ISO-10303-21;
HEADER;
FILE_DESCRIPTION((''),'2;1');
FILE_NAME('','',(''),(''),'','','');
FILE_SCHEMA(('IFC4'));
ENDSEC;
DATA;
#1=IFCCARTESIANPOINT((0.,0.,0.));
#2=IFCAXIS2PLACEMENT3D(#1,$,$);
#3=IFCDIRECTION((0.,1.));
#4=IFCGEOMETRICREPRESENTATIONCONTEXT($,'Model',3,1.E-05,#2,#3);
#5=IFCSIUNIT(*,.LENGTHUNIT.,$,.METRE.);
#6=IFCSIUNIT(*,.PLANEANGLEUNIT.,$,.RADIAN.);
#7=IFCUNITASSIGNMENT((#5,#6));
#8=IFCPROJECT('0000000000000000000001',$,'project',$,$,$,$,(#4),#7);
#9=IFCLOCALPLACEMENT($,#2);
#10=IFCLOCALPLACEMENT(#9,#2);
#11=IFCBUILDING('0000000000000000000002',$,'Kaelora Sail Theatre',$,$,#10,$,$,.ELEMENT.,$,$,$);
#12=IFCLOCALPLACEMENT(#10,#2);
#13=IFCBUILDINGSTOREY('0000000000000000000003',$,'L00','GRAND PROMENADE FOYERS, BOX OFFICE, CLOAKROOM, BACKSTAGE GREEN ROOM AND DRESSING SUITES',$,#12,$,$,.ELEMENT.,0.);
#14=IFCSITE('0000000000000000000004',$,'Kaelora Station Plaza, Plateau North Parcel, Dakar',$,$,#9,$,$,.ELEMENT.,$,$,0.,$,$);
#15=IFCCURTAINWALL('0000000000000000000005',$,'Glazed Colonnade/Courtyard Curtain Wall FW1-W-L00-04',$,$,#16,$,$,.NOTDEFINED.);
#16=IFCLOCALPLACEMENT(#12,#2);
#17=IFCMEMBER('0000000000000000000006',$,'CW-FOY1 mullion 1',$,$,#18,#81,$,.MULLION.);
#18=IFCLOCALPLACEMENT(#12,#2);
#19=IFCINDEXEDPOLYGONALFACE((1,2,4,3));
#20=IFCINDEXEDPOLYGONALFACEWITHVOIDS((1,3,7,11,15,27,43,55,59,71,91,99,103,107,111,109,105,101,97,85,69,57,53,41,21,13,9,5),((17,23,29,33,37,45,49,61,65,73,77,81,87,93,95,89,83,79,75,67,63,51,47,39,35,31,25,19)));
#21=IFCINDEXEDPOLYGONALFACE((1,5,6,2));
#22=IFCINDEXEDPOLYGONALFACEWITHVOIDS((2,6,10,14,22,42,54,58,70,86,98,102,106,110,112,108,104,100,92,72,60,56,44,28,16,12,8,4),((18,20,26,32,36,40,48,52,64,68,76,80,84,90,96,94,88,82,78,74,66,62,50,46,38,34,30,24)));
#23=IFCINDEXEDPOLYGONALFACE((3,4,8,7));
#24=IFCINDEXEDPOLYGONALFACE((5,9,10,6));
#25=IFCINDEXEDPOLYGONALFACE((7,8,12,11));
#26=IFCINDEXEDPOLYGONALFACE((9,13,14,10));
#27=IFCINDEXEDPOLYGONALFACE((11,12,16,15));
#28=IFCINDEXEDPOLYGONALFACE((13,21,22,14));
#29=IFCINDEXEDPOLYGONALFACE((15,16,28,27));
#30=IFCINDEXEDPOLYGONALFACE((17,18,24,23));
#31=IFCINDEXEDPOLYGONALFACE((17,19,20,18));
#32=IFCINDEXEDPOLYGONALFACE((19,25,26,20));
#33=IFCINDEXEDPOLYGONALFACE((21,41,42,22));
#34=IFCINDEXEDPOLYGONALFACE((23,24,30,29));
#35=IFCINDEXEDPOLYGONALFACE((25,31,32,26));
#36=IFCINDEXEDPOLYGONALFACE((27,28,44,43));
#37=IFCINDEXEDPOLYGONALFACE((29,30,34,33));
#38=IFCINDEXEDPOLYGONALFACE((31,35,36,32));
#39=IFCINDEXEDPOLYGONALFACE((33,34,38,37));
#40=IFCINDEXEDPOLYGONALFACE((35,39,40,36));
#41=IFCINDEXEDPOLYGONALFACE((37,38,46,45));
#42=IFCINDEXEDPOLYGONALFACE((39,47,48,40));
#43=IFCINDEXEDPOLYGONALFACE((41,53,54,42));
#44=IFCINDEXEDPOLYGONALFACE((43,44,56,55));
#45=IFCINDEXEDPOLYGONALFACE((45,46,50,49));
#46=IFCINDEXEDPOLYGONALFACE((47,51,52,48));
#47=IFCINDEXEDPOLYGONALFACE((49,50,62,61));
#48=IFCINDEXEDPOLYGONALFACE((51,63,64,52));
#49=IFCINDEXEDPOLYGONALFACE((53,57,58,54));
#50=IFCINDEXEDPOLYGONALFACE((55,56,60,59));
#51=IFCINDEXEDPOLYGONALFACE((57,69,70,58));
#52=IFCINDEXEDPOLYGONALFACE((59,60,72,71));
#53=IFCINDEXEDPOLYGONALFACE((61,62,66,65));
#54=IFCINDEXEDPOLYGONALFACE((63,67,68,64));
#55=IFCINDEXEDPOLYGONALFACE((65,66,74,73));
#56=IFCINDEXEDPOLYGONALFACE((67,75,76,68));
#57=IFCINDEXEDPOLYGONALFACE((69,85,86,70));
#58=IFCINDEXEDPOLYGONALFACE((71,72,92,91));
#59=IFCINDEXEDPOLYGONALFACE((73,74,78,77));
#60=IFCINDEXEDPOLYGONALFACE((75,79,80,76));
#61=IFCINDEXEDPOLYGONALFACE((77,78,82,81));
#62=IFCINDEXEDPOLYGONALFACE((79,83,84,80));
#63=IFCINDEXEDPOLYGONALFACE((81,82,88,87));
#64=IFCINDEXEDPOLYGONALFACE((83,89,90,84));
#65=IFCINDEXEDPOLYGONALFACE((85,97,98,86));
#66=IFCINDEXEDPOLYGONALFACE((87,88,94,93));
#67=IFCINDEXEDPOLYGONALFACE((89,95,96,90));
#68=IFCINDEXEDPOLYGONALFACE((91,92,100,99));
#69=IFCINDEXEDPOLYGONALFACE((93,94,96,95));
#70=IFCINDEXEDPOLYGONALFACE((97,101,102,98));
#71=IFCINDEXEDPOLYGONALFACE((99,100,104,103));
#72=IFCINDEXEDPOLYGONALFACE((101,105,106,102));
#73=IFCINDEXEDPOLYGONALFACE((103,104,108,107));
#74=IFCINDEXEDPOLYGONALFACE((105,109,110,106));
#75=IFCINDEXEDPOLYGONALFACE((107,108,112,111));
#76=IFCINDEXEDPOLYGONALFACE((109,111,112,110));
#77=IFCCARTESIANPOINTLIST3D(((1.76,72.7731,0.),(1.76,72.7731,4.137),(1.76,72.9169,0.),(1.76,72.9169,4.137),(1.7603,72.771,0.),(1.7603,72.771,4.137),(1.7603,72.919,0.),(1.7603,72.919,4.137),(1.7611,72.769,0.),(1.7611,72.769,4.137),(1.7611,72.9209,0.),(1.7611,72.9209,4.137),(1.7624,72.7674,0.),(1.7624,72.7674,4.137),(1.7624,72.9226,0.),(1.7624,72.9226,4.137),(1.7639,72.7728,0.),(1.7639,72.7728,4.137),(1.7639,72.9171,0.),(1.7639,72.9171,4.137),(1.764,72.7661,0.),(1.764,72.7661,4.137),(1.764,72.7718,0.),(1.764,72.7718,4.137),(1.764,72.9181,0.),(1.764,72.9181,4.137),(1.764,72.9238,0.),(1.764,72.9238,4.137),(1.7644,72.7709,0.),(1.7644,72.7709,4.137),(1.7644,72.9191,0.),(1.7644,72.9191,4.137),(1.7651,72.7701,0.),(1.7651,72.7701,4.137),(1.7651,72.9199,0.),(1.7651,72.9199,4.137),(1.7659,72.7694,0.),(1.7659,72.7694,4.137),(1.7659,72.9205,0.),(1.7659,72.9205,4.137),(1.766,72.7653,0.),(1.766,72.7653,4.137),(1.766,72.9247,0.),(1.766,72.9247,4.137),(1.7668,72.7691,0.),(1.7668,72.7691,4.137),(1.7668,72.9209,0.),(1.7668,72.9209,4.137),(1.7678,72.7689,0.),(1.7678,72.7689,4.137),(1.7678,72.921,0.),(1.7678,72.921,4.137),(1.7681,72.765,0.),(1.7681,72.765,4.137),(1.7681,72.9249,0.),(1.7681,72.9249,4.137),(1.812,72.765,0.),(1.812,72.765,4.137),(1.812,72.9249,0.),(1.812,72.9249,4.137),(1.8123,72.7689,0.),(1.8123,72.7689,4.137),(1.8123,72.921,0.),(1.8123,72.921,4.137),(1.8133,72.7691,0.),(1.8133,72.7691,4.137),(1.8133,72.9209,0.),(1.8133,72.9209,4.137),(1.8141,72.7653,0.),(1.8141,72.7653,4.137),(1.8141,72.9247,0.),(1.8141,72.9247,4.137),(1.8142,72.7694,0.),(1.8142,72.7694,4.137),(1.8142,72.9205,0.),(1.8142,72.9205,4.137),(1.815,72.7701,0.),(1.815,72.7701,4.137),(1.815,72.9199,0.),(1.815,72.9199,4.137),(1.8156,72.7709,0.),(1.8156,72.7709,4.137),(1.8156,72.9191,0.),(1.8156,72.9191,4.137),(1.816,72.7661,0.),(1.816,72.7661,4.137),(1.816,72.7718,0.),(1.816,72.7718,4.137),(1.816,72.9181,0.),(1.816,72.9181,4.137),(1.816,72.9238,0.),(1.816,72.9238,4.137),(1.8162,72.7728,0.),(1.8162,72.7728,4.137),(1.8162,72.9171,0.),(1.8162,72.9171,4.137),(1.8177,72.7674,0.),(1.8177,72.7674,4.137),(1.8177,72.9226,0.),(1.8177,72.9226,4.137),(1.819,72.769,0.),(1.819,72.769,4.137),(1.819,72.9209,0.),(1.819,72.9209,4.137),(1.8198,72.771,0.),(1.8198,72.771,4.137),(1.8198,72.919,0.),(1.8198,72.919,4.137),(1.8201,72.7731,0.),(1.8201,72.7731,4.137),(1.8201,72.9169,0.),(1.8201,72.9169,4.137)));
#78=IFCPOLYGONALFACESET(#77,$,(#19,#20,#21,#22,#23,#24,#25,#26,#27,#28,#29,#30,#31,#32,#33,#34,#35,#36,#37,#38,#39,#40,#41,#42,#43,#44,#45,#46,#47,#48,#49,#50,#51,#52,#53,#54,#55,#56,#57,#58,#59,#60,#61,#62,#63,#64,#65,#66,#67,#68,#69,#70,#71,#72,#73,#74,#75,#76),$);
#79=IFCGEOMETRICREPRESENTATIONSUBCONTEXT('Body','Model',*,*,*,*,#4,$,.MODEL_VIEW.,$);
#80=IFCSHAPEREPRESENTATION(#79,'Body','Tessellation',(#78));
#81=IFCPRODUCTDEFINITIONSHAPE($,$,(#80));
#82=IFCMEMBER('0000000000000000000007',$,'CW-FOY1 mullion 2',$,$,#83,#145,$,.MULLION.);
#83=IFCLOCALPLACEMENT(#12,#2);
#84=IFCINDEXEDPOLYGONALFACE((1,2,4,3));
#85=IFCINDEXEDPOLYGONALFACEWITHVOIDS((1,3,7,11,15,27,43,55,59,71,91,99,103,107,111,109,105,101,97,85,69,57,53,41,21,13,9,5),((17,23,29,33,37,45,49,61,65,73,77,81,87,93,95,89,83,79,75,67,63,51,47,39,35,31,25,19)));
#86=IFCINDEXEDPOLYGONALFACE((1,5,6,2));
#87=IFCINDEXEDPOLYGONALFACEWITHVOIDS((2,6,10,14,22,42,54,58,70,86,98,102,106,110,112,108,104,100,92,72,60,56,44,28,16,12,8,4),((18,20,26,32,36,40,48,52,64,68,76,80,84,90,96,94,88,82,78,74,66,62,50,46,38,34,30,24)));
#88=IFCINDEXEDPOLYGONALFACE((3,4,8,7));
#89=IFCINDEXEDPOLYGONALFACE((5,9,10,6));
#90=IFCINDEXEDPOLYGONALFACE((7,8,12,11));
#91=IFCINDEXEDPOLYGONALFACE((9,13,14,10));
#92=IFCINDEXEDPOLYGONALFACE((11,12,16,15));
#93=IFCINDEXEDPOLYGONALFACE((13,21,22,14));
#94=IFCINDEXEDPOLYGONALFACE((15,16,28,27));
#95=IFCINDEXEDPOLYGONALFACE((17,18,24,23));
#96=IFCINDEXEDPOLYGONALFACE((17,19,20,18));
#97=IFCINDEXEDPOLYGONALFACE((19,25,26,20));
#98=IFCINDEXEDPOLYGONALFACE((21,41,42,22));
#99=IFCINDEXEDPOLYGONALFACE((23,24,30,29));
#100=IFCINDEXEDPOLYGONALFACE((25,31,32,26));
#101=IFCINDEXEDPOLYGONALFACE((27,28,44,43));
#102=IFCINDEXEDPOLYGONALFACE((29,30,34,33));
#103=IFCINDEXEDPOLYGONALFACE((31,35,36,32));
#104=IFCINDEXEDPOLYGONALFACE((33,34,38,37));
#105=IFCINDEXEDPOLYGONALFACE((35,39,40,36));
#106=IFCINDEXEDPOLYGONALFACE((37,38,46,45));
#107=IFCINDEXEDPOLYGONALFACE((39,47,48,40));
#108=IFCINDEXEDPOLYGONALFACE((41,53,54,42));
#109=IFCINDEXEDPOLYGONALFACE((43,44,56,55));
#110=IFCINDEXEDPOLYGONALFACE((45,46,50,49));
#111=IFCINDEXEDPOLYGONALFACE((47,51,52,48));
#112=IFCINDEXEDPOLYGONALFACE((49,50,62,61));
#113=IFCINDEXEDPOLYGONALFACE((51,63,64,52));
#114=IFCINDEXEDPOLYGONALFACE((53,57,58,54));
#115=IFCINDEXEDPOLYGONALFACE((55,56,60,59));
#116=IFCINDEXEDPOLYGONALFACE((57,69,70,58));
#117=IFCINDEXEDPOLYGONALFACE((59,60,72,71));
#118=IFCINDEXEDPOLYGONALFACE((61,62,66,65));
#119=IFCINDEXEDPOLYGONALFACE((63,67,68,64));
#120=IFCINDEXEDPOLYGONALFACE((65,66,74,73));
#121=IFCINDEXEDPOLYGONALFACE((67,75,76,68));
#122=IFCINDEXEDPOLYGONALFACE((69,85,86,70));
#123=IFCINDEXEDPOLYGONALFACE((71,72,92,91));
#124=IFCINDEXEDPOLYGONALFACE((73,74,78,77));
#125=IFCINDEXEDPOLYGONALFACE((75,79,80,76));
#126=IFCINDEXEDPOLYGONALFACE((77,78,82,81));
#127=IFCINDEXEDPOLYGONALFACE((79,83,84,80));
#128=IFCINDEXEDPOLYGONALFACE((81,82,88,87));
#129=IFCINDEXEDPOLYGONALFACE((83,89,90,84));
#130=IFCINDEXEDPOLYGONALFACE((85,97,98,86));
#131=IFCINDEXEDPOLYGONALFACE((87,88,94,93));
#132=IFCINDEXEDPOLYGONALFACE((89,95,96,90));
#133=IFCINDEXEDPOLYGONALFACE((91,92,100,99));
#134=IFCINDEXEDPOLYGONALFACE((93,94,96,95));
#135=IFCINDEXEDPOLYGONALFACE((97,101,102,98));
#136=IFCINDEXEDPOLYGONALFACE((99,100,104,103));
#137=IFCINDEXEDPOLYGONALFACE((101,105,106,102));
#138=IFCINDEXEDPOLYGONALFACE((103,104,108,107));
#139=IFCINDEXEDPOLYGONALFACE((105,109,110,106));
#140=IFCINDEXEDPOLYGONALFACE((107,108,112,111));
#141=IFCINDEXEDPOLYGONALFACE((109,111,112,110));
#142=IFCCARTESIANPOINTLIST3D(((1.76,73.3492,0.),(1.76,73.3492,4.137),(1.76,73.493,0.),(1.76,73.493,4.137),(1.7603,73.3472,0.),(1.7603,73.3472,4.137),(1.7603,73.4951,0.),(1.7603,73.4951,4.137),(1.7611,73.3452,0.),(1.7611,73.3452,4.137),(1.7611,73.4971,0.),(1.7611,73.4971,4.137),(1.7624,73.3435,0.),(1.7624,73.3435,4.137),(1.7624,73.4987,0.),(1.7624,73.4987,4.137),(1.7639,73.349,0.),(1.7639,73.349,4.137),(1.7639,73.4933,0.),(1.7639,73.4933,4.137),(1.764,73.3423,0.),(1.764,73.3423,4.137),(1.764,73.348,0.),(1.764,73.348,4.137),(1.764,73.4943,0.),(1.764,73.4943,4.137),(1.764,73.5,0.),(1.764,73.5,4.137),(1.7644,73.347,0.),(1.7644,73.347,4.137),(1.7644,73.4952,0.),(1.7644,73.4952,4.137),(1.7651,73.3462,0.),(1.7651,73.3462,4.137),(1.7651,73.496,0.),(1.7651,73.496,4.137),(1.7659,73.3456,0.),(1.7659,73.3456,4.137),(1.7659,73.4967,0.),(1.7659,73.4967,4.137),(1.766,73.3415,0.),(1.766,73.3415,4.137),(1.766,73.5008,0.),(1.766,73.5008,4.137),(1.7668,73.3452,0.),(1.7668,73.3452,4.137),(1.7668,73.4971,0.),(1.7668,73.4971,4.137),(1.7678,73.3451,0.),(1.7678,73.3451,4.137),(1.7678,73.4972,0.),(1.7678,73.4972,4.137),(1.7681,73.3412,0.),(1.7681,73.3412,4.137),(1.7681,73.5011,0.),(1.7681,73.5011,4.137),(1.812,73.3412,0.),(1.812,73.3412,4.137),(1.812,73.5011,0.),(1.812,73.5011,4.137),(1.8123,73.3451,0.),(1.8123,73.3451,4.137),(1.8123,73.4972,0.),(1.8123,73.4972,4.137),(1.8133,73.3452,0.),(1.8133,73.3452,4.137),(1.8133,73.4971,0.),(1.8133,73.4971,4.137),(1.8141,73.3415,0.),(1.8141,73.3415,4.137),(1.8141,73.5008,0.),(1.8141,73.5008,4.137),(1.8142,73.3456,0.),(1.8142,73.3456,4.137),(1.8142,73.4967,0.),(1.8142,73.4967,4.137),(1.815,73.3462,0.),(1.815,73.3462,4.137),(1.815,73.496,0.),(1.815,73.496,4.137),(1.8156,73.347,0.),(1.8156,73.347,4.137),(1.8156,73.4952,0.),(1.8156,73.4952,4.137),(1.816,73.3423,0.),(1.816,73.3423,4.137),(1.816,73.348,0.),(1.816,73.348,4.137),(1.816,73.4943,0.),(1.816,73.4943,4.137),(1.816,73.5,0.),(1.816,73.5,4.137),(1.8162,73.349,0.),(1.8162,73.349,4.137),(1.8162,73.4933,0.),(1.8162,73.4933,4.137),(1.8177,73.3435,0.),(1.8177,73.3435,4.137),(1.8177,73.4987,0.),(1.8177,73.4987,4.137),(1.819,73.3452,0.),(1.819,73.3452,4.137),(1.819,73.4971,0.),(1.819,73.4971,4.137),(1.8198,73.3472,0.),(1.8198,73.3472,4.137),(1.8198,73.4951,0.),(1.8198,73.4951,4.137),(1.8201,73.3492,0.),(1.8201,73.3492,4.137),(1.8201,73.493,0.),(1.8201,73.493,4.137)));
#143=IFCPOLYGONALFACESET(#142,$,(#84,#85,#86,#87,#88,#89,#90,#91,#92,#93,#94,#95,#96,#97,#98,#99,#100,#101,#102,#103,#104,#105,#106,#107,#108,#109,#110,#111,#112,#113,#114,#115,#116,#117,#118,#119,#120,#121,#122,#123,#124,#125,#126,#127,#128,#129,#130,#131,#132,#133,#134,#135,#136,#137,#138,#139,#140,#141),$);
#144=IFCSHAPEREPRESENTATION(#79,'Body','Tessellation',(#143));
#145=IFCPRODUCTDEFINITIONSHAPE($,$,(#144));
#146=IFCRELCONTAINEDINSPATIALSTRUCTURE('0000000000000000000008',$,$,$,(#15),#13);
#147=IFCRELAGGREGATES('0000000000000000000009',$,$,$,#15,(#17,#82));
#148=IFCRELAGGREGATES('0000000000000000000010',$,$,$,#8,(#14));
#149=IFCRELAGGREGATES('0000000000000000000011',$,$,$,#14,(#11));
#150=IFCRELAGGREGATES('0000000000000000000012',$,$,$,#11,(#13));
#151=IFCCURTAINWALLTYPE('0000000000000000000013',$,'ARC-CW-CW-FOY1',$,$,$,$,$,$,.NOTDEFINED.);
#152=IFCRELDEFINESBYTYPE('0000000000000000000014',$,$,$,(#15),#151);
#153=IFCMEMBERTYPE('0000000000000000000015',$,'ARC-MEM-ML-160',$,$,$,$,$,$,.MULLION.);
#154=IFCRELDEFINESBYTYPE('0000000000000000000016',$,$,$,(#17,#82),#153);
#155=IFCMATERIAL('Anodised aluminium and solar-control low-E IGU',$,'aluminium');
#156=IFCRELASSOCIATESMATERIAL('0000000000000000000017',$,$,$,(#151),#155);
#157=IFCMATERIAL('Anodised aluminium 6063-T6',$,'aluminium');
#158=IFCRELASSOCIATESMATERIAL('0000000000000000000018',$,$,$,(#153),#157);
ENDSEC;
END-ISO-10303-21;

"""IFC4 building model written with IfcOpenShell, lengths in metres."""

from ifc_helpers import new_model, si_unit, direction, frame, origin, origin_2d, place, context, subcontext, project, spatial, hollow_rectangle, extrude, material, material_profile, profile_set, type_object, element, aggregate, save


model = new_model("IFC4")

# Units and contexts
model_context = context("Model", 3, precision=1e-05, world=origin(), true_north=direction((0.0, 1.0)))
body_context = subcontext(model_context, "Body", "Model", "MODEL_VIEW")
ifc_project = project(units=[si_unit("LENGTHUNIT", "METRE"), si_unit("PLANEANGLEUNIT", "RADIAN")], contexts=[model_context])

# Site, building, storey
site_placement = place(None, origin())
site = spatial("IfcSite", under=ifc_project, at=site_placement, Name="Kaelora Station Plaza, Plateau North Parcel, Dakar", CompositionType="ELEMENT", RefElevation=0.0)
building_placement = place(site_placement, origin())
building = spatial("IfcBuilding", under=site, at=building_placement, Name="Kaelora Sail Theatre", CompositionType="ELEMENT")
storey_placement = place(building_placement, origin())
storey = spatial("IfcBuildingStorey", under=building, at=storey_placement, Name="L00", Description="GRAND PROMENADE FOYERS, BOX OFFICE, CLOAKROOM, BACKSTAGE GREEN ROOM AND DRESSING SUITES", CompositionType="ELEMENT", Elevation=0.0)

# Curtain wall, members
ifc_material_1 = material(Name="Anodised aluminium and solar-control low-E IGU", Category="aluminium")
curtain_wall_type = type_object("IfcCurtainWallType", Name="ARC-CW-CW-FOY1", PredefinedType="NOTDEFINED", material=ifc_material_1)
ifc_material_2 = material(Name="Anodised aluminium 6063-T6", Category="aluminium")
ifc_material_profile_1 = material_profile(ifc_material_2, hollow_rectangle(XDim=0.0601, YDim=0.1599, WallThickness=0.0039, InnerFilletRadius=0.0039, OuterFilletRadius=0.0081, at=origin_2d()), Name="ALU-MULL 60x160x4")
ifc_profile_set_1 = profile_set([ifc_material_profile_1], Name="Anodised aluminium 6063-T6")
member_type_1 = type_object("IfcMemberType", Name="ARC-MEM-ML-160", PredefinedType="MULLION", material=ifc_profile_set_1)
curtain_wall_1_placement = place(storey_placement, origin())
curtain_wall_1 = element("IfcCurtainWall", 1, at=curtain_wall_1_placement, inside=storey, type_object=curtain_wall_type, Name="Glazed Colonnade/Courtyard Curtain Wall FW1-W-L00-04", PredefinedType="NOTDEFINED")
member_1_placement = place(storey_placement, frame((1.79, 72.845, 0.0), z_axis=(0.0, 0.0, 1.0), x_axis=(-1.0, 0.0, 0.0)))
member_1 = element("IfcMember", 2, at=member_1_placement, type_object=member_type_1, Name="CW-FOY1 mullion 1", PredefinedType="MULLION", context=body_context, shape_type="SweptSolid", body=[
    extrude(hollow_rectangle(XDim=0.0601, YDim=0.1599, WallThickness=0.0039, InnerFilletRadius=0.0039, OuterFilletRadius=0.0081, at=origin_2d()), origin(), (0.0, 0.0, 1.0), 4.137),
])
member_2_placement = place(storey_placement, frame((1.79, 73.4211, 0.0), z_axis=(0.0, 0.0, 1.0), x_axis=(-1.0, 0.0, 0.0)))
member_2 = element("IfcMember", 3, at=member_2_placement, type_object=member_type_1, Name="CW-FOY1 mullion 2", PredefinedType="MULLION", context=body_context, shape_type="SweptSolid", body=[
    extrude(hollow_rectangle(XDim=0.0601, YDim=0.1599, WallThickness=0.0039, InnerFilletRadius=0.0039, OuterFilletRadius=0.0081, at=origin_2d()), origin(), (0.0, 0.0, 1.0), 4.137),
])

aggregate(curtain_wall_1, [member_1, member_2])

save(model, "model.ifc")
